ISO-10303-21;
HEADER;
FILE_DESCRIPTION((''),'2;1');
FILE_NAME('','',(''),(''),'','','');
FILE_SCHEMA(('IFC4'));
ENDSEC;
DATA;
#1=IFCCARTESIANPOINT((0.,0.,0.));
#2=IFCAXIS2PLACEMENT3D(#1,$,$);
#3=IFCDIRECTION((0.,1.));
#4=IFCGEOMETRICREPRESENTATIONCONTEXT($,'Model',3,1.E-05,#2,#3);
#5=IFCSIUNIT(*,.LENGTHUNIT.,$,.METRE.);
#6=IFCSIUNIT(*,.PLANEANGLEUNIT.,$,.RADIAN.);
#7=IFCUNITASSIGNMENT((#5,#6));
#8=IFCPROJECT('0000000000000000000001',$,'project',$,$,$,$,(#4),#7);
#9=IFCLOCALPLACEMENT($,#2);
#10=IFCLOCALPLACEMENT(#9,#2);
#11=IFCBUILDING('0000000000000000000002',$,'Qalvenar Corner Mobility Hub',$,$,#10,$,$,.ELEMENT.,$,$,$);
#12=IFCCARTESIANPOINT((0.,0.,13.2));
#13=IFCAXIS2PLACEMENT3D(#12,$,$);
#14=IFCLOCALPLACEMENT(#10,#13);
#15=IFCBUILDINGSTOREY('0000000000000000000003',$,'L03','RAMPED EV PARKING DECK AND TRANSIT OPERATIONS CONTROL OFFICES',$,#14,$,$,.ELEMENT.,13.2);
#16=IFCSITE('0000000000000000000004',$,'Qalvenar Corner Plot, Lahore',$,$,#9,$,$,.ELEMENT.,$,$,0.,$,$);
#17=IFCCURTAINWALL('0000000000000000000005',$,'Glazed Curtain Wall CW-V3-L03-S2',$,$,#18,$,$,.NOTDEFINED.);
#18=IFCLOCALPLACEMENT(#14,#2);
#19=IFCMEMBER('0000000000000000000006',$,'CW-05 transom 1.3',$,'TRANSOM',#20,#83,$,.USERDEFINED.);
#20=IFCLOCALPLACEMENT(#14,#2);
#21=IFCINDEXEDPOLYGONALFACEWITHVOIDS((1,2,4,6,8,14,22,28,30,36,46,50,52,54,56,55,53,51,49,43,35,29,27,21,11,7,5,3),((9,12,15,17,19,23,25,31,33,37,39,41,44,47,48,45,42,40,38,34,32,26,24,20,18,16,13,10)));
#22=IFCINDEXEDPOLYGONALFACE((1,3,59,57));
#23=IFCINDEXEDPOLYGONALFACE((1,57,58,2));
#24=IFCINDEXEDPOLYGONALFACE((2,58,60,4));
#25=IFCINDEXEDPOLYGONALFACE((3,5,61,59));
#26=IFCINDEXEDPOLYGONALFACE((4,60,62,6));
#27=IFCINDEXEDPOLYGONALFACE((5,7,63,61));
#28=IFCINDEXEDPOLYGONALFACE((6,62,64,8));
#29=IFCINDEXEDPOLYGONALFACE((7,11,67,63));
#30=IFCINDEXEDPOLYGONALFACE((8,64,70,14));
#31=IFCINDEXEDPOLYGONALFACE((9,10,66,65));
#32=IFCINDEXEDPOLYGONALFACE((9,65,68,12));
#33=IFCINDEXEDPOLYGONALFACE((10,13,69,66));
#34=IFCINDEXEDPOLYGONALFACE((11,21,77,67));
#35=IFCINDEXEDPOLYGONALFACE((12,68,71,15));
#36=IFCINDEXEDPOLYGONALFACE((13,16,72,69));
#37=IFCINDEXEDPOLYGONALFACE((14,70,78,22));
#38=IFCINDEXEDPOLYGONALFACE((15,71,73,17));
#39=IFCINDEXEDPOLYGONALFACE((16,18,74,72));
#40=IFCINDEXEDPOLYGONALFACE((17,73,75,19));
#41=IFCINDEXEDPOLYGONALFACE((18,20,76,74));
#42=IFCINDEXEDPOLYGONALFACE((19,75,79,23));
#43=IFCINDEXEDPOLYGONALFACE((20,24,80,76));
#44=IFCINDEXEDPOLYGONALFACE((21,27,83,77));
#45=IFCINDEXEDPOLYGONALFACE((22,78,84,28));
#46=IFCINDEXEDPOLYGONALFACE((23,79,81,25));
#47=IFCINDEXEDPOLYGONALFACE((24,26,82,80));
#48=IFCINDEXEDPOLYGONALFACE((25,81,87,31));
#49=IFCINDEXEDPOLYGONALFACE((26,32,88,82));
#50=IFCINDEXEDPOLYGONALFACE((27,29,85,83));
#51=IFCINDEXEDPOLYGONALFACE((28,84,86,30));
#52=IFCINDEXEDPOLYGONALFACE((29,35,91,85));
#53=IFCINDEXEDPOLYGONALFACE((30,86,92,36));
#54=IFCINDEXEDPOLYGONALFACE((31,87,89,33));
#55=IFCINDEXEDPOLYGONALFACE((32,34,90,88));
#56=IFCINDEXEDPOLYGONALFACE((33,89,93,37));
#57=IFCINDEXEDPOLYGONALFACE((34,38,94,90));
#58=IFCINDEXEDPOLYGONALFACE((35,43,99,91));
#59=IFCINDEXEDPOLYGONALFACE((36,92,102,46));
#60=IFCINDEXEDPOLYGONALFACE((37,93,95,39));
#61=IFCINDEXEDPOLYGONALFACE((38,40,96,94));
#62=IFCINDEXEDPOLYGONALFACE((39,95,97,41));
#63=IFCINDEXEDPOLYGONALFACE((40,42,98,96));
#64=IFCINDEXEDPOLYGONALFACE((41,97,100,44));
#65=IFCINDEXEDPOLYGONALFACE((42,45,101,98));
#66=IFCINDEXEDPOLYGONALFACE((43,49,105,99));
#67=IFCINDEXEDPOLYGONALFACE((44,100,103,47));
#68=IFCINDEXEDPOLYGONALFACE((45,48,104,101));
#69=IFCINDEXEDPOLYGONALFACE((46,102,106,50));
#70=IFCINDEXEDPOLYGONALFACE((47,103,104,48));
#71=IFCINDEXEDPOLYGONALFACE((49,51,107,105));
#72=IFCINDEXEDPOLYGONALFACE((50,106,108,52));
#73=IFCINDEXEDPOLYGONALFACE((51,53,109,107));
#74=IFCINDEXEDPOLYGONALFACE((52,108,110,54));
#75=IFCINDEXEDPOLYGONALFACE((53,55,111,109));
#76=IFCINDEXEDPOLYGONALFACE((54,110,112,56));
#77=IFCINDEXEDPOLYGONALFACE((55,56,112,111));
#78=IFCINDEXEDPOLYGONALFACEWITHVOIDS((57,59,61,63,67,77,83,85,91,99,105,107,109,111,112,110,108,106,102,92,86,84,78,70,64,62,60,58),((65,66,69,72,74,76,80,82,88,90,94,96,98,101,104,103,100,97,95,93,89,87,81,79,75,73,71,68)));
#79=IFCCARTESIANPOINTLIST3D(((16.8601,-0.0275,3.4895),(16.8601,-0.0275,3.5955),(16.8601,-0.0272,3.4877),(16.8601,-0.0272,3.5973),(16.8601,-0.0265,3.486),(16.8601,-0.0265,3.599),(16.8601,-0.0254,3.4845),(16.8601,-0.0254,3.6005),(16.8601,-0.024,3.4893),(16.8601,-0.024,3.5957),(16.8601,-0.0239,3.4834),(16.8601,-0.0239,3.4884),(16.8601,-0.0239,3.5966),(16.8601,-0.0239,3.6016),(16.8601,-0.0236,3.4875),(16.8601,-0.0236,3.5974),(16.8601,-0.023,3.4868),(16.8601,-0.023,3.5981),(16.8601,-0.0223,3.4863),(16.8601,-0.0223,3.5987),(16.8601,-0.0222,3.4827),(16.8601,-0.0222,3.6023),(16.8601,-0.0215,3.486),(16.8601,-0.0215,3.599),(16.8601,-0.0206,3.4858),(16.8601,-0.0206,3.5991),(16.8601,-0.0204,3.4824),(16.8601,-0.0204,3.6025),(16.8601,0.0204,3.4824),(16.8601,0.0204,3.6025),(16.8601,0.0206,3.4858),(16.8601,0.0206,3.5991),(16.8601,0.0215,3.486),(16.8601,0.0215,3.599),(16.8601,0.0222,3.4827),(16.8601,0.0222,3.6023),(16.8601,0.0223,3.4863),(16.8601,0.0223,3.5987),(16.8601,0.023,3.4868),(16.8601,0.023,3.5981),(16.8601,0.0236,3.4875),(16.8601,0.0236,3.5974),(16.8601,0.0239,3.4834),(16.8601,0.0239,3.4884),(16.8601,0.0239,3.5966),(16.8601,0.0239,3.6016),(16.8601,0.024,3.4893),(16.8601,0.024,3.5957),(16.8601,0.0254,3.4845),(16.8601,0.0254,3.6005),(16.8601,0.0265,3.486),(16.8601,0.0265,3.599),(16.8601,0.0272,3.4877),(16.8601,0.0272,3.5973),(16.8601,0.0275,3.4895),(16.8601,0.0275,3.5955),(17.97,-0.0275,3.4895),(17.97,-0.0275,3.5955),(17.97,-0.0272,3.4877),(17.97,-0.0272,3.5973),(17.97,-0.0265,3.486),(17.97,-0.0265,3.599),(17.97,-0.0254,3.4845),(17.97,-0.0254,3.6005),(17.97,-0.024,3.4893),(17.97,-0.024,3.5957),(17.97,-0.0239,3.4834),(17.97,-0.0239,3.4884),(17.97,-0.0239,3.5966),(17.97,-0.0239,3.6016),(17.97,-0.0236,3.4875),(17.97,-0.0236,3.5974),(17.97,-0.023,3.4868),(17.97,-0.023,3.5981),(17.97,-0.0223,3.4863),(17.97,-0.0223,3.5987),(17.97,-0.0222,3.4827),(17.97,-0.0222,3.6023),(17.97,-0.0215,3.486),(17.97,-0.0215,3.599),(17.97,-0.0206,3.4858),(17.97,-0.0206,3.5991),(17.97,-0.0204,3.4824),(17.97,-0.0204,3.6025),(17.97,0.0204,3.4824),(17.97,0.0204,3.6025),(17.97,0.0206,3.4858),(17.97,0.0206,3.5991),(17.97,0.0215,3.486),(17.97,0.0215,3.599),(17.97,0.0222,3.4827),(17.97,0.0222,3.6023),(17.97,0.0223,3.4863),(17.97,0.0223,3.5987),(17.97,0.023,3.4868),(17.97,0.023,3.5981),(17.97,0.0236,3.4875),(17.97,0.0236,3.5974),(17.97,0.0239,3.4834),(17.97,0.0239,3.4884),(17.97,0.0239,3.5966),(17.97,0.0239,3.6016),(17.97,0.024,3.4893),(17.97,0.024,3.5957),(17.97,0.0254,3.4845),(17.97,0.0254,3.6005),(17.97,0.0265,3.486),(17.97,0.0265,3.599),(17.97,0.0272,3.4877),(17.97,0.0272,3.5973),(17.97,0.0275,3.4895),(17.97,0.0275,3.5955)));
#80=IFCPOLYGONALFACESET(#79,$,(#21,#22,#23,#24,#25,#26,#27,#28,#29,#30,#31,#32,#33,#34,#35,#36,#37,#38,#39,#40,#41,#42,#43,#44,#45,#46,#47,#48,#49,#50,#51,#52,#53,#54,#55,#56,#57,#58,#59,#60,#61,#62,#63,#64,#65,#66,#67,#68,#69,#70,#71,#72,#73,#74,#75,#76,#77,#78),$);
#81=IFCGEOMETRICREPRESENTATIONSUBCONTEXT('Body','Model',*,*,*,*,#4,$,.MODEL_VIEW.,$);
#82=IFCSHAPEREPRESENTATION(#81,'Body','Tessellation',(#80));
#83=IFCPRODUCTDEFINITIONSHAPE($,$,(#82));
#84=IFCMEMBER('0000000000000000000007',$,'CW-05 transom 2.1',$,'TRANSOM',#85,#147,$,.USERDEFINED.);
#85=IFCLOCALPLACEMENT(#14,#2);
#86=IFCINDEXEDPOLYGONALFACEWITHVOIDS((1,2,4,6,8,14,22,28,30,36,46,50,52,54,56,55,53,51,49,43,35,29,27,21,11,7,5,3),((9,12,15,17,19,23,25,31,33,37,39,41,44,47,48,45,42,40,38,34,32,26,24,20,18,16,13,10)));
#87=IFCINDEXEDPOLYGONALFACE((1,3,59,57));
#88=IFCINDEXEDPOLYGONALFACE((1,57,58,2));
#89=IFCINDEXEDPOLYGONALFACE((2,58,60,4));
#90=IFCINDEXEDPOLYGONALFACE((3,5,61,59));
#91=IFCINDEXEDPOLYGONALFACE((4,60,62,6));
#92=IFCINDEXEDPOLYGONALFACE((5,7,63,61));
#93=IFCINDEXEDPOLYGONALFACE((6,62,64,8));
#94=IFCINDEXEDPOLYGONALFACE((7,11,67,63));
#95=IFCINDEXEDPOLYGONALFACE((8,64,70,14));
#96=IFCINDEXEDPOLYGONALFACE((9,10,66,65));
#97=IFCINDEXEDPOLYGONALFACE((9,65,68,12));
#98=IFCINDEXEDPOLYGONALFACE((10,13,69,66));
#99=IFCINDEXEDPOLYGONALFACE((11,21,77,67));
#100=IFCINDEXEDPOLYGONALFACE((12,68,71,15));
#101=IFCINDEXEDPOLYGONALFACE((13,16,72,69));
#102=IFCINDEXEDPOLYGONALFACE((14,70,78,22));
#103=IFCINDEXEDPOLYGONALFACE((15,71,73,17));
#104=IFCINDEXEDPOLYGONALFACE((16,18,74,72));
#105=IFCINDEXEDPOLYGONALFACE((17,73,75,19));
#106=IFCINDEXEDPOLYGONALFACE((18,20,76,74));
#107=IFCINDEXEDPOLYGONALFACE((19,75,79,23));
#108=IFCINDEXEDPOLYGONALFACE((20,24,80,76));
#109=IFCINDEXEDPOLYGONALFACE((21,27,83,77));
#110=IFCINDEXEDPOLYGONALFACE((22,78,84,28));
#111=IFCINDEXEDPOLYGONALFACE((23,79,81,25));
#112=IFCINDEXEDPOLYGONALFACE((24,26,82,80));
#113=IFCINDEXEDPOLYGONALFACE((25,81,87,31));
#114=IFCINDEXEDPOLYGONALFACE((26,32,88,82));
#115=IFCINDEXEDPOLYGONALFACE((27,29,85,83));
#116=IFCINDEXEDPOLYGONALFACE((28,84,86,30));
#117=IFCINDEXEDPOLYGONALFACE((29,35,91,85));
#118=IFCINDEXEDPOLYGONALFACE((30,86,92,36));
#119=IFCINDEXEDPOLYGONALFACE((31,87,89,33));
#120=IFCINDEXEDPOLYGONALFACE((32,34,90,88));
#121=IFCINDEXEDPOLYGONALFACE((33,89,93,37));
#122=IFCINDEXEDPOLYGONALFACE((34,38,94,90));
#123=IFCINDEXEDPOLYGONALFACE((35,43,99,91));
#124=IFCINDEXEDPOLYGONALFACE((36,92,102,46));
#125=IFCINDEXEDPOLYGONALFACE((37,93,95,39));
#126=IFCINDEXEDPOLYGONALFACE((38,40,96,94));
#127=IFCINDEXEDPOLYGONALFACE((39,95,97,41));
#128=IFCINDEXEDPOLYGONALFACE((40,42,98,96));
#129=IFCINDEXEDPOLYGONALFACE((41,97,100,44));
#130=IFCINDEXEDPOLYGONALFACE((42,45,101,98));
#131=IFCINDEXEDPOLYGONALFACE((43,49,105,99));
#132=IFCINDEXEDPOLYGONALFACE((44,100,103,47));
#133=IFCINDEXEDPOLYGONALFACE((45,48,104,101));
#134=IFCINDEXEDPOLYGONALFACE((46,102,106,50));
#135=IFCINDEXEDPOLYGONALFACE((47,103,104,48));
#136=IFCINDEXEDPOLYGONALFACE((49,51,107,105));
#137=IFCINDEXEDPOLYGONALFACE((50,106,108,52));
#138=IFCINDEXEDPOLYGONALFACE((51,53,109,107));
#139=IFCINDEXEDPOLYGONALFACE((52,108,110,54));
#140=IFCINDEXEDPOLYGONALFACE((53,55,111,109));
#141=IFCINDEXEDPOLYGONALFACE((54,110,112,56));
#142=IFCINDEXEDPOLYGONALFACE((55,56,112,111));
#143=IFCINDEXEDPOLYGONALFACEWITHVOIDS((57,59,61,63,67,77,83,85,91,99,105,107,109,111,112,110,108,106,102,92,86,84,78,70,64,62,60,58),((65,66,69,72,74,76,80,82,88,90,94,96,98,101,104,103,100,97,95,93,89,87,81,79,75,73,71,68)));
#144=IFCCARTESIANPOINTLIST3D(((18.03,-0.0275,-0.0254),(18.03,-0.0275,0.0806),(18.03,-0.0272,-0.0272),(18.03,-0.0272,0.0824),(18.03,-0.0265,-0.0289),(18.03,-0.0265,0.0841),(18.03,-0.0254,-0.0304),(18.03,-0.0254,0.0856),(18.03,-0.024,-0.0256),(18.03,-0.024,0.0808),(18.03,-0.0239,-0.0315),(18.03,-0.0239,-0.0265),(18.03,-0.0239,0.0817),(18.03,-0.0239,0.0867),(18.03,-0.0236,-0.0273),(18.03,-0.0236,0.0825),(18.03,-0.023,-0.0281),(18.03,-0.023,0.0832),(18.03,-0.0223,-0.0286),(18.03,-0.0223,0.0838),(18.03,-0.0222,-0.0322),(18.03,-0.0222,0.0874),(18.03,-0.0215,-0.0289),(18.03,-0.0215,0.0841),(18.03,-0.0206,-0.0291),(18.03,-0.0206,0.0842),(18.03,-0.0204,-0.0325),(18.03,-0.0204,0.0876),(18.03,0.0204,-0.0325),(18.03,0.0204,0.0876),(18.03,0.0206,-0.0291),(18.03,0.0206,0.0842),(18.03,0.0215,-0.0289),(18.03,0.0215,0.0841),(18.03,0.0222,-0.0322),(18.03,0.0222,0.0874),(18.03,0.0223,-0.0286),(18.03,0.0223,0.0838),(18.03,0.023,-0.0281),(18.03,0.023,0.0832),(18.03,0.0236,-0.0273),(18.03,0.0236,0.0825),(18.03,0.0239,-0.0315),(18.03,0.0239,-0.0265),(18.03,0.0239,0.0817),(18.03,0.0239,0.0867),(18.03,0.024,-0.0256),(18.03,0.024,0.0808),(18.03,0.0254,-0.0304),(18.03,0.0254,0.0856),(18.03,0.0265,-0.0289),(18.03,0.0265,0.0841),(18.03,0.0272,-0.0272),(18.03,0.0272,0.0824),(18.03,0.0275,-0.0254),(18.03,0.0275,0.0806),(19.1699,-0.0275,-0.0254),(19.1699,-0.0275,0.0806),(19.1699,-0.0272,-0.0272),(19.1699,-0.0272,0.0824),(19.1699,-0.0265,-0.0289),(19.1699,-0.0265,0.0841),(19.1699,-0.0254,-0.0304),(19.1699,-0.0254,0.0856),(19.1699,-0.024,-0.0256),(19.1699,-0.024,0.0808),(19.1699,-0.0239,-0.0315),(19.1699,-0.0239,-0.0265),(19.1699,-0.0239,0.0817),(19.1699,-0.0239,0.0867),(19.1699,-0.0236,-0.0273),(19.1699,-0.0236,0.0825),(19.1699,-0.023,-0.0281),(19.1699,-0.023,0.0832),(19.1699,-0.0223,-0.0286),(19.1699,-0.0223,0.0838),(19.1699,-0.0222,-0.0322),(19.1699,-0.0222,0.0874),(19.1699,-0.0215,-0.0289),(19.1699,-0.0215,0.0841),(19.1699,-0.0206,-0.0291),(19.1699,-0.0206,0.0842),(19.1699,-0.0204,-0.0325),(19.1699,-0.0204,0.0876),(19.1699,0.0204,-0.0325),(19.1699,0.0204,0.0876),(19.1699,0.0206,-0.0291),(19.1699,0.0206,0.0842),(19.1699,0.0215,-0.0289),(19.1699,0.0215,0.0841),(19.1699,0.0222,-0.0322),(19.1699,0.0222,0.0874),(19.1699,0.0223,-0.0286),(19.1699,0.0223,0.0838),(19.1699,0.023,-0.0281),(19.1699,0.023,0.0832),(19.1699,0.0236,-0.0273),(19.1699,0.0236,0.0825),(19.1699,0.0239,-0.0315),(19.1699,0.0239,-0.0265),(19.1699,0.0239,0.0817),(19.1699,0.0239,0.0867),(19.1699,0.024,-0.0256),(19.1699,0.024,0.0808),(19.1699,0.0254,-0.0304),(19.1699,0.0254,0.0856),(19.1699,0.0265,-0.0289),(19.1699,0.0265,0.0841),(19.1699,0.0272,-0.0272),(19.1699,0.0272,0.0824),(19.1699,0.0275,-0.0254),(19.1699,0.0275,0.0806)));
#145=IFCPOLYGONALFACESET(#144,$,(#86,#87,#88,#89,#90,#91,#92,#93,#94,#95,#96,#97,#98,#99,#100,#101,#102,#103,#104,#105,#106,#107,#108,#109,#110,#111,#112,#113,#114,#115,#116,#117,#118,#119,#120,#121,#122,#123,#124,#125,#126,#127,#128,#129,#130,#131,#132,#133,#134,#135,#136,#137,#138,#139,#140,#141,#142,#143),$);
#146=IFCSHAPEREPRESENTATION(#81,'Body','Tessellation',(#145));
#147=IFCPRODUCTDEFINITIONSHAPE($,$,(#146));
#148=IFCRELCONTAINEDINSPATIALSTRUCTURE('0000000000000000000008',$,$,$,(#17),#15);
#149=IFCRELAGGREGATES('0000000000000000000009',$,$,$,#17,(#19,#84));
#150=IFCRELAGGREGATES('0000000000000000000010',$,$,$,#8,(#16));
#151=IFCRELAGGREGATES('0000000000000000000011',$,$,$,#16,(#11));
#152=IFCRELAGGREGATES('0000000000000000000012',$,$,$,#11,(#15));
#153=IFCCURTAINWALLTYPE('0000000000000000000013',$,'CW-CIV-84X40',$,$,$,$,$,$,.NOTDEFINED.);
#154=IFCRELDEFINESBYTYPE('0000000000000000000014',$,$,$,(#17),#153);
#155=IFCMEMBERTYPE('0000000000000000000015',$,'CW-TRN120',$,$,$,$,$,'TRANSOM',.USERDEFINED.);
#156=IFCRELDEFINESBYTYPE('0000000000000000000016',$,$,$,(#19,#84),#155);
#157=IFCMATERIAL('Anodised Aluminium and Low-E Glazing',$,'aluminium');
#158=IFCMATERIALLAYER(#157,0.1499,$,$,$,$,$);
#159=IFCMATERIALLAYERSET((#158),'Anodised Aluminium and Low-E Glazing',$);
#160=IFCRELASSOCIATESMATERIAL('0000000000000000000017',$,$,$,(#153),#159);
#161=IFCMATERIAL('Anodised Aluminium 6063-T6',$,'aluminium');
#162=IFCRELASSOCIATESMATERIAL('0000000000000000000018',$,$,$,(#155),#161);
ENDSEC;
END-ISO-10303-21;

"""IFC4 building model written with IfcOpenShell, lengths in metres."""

from ifc_helpers import new_model, si_unit, direction, frame, origin, origin_2d, place, context, subcontext, project, spatial, hollow_rectangle, extrude, material, layer, layer_set, material_profile, profile_set, type_object, element, aggregate, save


model = new_model("IFC4")

# Units and contexts
model_context = context("Model", 3, precision=1e-05, world=origin(), true_north=direction((0.0, 1.0)))
body_context = subcontext(model_context, "Body", "Model", "MODEL_VIEW")
ifc_project = project(units=[si_unit("LENGTHUNIT", "METRE"), si_unit("PLANEANGLEUNIT", "RADIAN")], contexts=[model_context])

# Site, building, storey
site_placement = place(None, origin())
site = spatial("IfcSite", under=ifc_project, at=site_placement, Name="Qalvenar Corner Plot, Lahore", CompositionType="ELEMENT", RefElevation=0.0)
building_placement = place(site_placement, origin())
building = spatial("IfcBuilding", under=site, at=building_placement, Name="Qalvenar Corner Mobility Hub", CompositionType="ELEMENT")
storey_placement = place(building_placement, frame((0.0, 0.0, 13.2)))
storey = spatial("IfcBuildingStorey", under=building, at=storey_placement, Name="L03", Description="RAMPED EV PARKING DECK AND TRANSIT OPERATIONS CONTROL OFFICES", CompositionType="ELEMENT", Elevation=13.2)

# Curtain wall, members
ifc_material_1 = material(Name="Anodised Aluminium and Low-E Glazing", Category="aluminium")
ifc_layer_1 = layer(ifc_material_1, 0.1499)
ifc_layer_set_1 = layer_set([ifc_layer_1], Name="Anodised Aluminium and Low-E Glazing")
curtain_wall_type = type_object("IfcCurtainWallType", Name="CW-CIV-84X40", PredefinedType="NOTDEFINED", material=ifc_layer_set_1)
curtain_wall_placement = place(storey_placement, origin())
curtain_wall = element("IfcCurtainWall", 1, at=curtain_wall_placement, inside=storey, type_object=curtain_wall_type, Name="Glazed Curtain Wall CW-V3-L03-S2", PredefinedType="NOTDEFINED")
ifc_material_2 = material(Name="Anodised Aluminium 6063-T6", Category="aluminium")
ifc_material_profile_1 = material_profile(ifc_material_2, hollow_rectangle(XDim=0.0549, YDim=0.1201, WallThickness=0.0034, InnerFilletRadius=0.0034, OuterFilletRadius=0.0071, at=origin_2d()), Name="RHS120x55x3.5")
ifc_profile_set_1 = profile_set([ifc_material_profile_1], Name="Anodised Aluminium 6063-T6")
member_type_1 = type_object("IfcMemberType", Name="CW-TRN120", ElementType="TRANSOM", PredefinedType="USERDEFINED", material=ifc_profile_set_1)
member_1_placement = place(storey_placement, frame((16.8601, 0.0, 3.5425), z_axis=(1.0, 0.0, 0.0), x_axis=(0.0, 1.0, 0.0)))
member_1 = element("IfcMember", 2, at=member_1_placement, type_object=member_type_1, Name="CW-05 transom 1.3", ObjectType="TRANSOM", PredefinedType="USERDEFINED", context=body_context, shape_type="SweptSolid", body=[
    extrude(hollow_rectangle(XDim=0.0549, YDim=0.1201, WallThickness=0.0034, InnerFilletRadius=0.0034, OuterFilletRadius=0.0071, at=origin_2d()), origin(), (0.0, 0.0, 1.0), 1.1099),
])
member_2_placement = place(storey_placement, frame((18.03, 0.0, 0.0276), z_axis=(1.0, 0.0, 0.0), x_axis=(0.0, 1.0, 0.0)))
member_2 = element("IfcMember", 3, at=member_2_placement, type_object=member_type_1, Name="CW-05 transom 2.1", ObjectType="TRANSOM", PredefinedType="USERDEFINED", context=body_context, shape_type="SweptSolid", body=[
    extrude(hollow_rectangle(XDim=0.0549, YDim=0.1201, WallThickness=0.0034, InnerFilletRadius=0.0034, OuterFilletRadius=0.0071, at=origin_2d()), origin(), (0.0, 0.0, 1.0), 1.1399),
])
aggregate(curtain_wall, [member_1, member_2])

save(model, "model.ifc")
